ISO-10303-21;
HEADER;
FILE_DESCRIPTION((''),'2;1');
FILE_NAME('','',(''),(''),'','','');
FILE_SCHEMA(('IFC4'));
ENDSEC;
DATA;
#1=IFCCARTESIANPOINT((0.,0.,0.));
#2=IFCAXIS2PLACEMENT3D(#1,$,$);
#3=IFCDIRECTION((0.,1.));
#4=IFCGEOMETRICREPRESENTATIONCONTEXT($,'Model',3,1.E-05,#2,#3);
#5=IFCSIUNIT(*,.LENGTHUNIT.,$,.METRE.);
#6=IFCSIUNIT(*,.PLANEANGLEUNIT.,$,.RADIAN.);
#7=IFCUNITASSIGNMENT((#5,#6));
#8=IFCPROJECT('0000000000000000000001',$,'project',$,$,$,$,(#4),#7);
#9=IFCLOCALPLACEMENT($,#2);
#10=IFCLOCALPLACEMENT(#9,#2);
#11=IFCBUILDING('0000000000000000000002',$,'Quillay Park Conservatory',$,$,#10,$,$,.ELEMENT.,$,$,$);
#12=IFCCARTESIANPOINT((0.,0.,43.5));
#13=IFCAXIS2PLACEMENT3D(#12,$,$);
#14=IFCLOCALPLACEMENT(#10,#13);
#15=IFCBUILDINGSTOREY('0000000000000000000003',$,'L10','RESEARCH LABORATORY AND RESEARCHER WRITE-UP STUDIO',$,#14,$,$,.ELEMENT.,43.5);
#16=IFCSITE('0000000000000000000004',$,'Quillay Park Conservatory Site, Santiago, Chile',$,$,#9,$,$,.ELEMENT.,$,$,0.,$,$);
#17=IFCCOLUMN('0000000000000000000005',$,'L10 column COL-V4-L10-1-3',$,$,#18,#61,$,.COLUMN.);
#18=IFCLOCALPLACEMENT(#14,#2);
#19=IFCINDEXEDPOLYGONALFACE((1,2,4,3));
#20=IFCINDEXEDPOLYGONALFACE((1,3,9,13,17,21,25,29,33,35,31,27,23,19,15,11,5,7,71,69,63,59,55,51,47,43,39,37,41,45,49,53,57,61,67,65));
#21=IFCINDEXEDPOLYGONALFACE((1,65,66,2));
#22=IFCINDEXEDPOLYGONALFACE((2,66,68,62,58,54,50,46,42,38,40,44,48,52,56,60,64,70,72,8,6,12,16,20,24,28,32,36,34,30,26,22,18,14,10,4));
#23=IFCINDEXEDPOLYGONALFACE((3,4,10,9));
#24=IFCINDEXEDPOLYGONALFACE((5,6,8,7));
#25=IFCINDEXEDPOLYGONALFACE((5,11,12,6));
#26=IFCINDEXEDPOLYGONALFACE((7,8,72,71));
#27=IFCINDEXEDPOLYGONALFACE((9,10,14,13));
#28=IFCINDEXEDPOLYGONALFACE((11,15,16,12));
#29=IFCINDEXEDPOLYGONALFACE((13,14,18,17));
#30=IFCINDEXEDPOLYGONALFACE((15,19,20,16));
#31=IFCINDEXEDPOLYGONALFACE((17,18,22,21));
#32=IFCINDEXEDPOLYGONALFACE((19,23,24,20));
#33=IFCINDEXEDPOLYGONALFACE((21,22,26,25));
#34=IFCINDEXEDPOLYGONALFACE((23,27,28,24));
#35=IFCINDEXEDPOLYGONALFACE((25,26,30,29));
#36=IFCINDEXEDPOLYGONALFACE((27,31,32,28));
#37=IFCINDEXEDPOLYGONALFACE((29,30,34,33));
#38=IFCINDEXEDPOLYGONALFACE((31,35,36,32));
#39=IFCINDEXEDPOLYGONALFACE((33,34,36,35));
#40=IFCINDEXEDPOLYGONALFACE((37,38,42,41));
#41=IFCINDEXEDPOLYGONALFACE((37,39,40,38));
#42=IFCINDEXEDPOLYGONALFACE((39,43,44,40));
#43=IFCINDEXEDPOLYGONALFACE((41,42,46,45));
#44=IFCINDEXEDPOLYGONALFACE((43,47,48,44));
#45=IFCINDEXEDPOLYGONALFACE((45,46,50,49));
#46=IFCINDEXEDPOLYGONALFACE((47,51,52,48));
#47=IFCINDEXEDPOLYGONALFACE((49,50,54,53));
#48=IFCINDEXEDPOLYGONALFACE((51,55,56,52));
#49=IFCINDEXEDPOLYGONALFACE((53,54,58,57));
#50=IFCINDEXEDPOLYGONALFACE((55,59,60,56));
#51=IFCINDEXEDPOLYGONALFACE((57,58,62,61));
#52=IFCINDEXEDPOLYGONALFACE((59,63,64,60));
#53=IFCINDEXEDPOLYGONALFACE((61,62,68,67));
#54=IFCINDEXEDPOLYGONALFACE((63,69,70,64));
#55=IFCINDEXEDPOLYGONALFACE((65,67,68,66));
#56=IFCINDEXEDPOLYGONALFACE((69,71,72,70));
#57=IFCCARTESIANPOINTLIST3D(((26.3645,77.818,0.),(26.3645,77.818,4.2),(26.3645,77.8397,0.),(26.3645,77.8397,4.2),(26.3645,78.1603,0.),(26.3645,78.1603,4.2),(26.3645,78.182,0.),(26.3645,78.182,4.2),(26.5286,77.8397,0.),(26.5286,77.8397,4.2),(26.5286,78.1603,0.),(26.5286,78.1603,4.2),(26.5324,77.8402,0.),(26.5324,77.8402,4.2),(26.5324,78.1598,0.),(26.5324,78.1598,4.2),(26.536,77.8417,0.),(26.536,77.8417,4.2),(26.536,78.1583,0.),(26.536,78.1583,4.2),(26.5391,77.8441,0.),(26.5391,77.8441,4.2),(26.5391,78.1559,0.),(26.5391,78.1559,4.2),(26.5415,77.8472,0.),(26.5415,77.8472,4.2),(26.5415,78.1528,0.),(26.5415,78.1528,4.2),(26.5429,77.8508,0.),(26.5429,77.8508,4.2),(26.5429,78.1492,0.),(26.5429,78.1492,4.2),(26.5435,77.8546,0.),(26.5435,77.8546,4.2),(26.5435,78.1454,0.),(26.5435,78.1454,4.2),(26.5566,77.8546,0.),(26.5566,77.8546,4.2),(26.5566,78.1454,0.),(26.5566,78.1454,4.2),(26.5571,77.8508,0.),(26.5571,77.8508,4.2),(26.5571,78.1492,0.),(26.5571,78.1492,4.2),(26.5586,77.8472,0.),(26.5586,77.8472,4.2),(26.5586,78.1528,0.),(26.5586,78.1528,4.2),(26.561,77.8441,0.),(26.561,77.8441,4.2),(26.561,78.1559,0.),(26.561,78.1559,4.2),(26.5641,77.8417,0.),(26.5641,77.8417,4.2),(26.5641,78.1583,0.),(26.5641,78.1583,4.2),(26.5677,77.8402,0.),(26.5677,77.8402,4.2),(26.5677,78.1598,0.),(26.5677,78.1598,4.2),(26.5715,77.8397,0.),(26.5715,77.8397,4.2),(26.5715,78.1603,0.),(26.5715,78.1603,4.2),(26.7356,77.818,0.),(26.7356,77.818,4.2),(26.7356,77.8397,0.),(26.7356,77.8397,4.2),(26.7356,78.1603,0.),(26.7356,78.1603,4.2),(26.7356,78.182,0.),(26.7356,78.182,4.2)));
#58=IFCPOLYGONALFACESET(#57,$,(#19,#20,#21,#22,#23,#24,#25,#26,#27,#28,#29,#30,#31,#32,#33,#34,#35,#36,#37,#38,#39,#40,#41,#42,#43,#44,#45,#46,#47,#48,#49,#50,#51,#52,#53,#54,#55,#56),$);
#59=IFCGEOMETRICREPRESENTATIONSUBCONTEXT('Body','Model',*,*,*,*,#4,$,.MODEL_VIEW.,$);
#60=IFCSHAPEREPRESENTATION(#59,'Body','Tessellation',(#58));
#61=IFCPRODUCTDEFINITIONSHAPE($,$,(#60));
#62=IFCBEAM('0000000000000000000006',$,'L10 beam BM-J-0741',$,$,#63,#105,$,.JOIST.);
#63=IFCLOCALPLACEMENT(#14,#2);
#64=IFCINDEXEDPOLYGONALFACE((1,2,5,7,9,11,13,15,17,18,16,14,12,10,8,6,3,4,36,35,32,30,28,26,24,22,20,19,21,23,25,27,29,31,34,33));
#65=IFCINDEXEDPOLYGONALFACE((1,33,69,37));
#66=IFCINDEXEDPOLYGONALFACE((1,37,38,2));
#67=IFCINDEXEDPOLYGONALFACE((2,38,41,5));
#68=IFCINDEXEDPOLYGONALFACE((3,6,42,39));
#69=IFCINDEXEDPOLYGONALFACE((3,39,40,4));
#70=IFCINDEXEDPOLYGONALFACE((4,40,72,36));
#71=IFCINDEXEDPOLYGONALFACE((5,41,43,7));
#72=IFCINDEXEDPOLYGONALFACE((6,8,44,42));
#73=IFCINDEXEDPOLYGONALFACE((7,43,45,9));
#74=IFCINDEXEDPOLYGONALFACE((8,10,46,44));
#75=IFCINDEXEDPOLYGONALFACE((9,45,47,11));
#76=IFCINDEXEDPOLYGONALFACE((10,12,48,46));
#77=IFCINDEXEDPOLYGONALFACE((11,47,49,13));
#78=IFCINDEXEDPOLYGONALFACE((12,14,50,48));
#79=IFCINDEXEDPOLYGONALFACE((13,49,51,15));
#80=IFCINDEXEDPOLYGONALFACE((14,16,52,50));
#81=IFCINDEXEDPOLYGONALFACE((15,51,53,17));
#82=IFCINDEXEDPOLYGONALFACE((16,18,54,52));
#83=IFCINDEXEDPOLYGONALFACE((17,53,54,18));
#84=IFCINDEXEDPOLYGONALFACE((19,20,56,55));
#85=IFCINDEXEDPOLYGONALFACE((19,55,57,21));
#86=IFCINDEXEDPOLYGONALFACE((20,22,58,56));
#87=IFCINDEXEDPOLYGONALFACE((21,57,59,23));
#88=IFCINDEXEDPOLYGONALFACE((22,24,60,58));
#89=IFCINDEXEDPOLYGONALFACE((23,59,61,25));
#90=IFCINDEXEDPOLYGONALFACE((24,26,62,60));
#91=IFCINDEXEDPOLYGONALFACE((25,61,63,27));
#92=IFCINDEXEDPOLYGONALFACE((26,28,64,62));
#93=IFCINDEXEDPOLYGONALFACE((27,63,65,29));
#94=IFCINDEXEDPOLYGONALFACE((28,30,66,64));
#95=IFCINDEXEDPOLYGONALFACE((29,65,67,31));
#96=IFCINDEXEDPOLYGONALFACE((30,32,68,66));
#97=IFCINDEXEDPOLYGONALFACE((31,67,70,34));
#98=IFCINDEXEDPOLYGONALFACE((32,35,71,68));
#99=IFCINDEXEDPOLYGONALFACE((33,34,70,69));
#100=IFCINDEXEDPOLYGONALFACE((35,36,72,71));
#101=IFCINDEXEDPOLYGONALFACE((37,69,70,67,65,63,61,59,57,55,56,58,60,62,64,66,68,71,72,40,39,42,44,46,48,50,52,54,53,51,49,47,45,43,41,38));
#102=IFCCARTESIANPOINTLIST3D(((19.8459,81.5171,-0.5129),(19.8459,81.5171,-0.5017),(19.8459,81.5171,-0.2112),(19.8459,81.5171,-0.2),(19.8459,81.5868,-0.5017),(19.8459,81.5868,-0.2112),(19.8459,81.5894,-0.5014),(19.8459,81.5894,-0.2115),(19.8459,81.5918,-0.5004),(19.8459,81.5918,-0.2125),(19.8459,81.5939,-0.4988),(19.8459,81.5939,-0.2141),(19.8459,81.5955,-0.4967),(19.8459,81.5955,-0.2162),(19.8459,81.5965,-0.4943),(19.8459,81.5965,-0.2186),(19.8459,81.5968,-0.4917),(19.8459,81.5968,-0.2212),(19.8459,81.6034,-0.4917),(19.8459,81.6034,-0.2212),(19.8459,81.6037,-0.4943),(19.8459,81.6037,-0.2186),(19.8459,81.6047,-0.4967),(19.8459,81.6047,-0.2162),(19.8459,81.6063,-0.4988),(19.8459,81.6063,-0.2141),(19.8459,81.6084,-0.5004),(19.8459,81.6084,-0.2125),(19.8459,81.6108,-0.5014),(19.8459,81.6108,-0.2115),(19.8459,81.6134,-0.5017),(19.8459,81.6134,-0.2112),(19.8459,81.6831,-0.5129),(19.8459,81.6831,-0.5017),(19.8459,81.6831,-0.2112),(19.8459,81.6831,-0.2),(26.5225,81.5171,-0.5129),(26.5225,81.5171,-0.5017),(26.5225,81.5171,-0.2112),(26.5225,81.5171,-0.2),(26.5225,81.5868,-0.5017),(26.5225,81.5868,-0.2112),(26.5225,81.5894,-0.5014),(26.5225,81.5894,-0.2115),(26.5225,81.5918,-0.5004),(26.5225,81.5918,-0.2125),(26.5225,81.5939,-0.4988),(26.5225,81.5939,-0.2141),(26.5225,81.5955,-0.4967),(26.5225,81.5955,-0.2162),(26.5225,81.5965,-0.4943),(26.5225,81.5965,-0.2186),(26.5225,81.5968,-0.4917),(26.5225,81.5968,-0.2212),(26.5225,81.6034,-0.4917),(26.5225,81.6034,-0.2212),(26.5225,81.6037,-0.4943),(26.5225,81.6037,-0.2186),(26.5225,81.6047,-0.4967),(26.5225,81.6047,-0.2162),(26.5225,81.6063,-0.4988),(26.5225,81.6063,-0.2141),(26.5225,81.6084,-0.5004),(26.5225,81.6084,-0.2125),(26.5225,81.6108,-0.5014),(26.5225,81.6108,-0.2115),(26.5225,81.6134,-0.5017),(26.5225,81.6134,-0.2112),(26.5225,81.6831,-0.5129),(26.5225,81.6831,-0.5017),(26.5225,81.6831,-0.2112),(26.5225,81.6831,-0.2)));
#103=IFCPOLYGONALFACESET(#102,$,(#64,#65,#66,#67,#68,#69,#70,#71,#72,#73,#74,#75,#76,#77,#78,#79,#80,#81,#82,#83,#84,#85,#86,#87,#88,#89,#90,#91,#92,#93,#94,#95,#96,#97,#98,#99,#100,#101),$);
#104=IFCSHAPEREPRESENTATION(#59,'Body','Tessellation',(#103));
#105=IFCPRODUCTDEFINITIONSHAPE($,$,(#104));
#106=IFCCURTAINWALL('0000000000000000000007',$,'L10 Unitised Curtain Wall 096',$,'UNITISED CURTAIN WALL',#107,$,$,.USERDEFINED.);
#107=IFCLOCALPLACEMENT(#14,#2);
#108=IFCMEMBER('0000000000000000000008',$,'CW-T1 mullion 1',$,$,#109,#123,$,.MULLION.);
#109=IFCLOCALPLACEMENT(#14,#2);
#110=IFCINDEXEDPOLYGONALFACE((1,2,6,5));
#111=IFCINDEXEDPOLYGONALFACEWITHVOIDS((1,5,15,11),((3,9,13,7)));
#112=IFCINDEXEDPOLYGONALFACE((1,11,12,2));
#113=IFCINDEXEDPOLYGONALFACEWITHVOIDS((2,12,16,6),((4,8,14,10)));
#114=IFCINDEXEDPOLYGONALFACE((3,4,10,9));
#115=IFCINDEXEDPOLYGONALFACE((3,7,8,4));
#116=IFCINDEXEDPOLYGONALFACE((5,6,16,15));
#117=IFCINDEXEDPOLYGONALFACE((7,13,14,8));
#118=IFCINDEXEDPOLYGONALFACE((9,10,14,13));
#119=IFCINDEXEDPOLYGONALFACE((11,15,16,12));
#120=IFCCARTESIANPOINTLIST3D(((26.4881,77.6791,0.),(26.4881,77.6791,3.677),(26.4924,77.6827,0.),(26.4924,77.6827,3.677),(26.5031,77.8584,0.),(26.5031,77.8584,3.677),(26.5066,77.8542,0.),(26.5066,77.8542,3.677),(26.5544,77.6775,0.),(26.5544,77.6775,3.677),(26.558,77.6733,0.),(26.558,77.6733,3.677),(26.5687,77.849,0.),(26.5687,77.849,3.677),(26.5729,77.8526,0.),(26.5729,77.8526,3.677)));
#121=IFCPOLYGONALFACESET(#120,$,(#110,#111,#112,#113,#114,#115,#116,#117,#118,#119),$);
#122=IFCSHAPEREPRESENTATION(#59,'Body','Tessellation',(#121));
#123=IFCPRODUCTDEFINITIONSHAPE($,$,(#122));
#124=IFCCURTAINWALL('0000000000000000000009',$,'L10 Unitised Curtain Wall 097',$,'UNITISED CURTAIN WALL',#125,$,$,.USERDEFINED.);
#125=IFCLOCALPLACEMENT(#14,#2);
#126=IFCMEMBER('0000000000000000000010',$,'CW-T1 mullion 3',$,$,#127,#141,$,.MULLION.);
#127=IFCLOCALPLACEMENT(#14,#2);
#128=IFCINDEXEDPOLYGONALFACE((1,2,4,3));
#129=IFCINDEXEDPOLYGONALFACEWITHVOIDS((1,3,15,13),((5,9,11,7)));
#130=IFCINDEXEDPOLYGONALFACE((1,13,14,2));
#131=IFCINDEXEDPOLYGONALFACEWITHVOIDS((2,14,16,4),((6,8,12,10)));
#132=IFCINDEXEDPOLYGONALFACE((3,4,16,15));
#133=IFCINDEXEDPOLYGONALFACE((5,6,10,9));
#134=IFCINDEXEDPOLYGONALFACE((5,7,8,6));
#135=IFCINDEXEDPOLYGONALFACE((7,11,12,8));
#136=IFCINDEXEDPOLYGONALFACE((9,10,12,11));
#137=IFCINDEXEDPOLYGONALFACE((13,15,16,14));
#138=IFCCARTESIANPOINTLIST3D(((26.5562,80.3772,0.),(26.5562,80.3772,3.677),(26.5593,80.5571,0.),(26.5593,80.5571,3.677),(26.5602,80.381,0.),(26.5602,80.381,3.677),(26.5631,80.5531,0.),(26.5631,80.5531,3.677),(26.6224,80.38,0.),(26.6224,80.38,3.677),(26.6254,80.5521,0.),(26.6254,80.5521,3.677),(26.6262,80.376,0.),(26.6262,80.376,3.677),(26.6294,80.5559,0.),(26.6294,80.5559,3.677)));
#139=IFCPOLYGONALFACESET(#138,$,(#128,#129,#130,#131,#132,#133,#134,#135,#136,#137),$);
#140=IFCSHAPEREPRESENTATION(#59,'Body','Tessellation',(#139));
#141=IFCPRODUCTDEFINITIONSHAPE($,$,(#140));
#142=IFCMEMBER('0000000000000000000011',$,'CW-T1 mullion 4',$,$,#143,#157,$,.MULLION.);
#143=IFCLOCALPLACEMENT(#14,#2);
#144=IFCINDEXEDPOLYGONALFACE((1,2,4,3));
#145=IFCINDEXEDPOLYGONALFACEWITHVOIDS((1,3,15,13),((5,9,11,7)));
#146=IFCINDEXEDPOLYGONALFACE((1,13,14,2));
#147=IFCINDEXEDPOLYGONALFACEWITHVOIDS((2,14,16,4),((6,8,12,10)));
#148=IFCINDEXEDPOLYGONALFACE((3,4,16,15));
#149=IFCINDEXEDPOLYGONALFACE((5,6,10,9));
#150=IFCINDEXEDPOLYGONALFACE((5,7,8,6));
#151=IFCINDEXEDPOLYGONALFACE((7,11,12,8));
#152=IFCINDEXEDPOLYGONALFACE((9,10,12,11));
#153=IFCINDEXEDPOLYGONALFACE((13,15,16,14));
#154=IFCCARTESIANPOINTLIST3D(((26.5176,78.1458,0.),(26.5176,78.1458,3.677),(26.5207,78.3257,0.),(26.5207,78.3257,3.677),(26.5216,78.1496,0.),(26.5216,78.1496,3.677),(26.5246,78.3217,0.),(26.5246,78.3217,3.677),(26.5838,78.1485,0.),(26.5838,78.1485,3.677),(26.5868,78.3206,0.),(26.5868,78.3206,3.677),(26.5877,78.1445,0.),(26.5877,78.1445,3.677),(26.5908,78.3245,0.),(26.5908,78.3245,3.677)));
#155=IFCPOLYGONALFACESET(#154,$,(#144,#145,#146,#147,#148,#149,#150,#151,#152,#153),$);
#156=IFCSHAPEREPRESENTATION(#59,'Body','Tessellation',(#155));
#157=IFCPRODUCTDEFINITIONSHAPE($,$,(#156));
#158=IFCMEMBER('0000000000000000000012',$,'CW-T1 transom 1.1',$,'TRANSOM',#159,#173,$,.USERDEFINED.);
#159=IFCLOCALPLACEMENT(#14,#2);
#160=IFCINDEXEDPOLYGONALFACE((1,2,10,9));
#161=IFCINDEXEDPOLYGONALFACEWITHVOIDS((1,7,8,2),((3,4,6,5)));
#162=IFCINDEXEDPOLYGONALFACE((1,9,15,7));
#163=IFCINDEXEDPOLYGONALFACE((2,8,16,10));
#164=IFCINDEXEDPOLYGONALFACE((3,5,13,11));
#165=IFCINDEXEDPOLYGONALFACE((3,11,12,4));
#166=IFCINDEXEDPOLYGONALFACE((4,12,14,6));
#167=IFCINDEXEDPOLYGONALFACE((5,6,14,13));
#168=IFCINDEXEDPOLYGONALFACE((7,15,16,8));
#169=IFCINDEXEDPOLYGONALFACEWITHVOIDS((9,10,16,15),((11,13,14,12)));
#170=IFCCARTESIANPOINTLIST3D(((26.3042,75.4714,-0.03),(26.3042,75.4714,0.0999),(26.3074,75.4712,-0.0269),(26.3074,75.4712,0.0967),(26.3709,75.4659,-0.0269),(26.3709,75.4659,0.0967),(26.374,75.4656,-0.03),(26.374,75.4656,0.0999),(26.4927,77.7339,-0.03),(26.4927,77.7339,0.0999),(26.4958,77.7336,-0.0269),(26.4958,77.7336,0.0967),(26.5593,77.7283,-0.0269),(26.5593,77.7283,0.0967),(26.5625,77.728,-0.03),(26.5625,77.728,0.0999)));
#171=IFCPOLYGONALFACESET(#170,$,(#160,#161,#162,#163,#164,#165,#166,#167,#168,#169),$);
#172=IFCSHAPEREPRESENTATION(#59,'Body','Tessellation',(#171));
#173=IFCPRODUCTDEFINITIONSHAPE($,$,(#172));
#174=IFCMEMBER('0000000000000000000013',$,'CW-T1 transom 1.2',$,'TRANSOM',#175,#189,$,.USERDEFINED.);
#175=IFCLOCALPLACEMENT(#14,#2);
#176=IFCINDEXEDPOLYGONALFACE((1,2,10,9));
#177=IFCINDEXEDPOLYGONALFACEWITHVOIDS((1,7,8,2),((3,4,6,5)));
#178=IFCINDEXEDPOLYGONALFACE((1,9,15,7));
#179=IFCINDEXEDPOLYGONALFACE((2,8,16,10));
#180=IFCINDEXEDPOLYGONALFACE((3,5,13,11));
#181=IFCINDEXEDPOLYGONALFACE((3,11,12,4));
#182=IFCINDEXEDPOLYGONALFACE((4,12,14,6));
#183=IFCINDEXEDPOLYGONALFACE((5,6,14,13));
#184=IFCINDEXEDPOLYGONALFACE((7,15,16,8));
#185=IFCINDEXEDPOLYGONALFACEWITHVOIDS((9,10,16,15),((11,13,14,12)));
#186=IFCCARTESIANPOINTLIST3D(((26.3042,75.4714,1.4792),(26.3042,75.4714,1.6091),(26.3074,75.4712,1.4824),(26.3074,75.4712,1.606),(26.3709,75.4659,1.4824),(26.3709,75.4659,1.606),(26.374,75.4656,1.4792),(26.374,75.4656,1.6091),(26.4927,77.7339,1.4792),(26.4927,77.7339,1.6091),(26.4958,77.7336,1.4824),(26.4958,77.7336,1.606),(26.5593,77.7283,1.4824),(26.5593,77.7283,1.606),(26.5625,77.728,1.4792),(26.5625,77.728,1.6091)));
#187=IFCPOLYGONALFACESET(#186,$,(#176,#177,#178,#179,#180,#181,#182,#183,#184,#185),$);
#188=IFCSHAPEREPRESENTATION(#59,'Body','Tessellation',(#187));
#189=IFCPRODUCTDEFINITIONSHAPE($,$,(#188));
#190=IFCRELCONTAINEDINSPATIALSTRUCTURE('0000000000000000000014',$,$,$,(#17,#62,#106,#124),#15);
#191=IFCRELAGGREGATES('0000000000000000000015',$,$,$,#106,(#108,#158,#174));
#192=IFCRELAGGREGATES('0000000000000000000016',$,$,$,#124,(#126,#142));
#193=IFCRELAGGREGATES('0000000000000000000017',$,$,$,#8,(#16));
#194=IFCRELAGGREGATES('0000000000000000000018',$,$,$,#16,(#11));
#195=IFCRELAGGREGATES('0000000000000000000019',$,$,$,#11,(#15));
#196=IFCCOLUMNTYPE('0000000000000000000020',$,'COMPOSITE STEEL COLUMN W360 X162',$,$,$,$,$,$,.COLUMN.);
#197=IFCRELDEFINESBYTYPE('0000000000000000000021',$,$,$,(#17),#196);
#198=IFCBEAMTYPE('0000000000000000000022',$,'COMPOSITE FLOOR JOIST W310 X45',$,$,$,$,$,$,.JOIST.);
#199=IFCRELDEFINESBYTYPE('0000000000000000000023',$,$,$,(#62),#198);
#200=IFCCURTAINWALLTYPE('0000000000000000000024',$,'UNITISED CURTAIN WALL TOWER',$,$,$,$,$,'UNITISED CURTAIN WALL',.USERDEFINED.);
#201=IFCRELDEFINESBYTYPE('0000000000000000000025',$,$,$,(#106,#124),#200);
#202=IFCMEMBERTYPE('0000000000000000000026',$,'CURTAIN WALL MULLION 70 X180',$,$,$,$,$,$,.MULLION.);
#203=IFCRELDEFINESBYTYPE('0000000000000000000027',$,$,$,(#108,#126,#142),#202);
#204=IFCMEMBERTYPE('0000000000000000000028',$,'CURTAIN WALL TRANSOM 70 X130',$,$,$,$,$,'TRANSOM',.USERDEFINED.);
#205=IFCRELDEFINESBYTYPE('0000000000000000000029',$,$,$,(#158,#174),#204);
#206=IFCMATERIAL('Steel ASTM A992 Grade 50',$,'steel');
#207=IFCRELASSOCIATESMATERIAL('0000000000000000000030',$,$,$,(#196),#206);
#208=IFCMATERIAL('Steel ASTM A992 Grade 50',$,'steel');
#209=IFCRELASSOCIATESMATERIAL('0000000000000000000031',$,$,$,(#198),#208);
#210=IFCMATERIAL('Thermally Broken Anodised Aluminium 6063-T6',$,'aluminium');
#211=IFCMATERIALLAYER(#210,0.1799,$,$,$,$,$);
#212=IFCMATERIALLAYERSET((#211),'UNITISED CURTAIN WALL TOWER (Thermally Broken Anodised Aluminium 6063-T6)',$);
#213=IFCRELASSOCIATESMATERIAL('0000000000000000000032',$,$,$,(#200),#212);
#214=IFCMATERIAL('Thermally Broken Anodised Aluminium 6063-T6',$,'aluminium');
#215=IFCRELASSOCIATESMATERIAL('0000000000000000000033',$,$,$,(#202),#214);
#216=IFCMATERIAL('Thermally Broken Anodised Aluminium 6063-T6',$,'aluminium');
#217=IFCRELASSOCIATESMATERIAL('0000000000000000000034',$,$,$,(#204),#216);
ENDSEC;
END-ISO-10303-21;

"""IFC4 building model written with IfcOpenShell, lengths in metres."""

from ifc_helpers import new_model, si_unit, direction, frame, origin, origin_2d, place, context, subcontext, project, spatial, hollow_rectangle, i_section, extrude, material, layer, layer_set, material_profile, profile_set, type_object, element, aggregate, save


model = new_model("IFC4")

# Units and contexts
model_context = context("Model", 3, precision=1e-05, world=origin(), true_north=direction((0.0, 1.0)))
body_context = subcontext(model_context, "Body", "Model", "MODEL_VIEW")
ifc_project = project(units=[si_unit("LENGTHUNIT", "METRE"), si_unit("PLANEANGLEUNIT", "RADIAN")], contexts=[model_context])

# Site, building, storey
site_placement = place(None, origin())
site = spatial("IfcSite", under=ifc_project, at=site_placement, Name="Quillay Park Conservatory Site, Santiago, Chile", CompositionType="ELEMENT", RefElevation=0.0)
building_placement = place(site_placement, origin())
building = spatial("IfcBuilding", under=site, at=building_placement, Name="Quillay Park Conservatory", CompositionType="ELEMENT")
storey_placement = place(building_placement, frame((0.0, 0.0, 43.5)))
storey = spatial("IfcBuildingStorey", under=building, at=storey_placement, Name="L10", Description="RESEARCH LABORATORY AND RESEARCHER WRITE-UP STUDIO", CompositionType="ELEMENT", Elevation=43.5)

# Column
ifc_material_1 = material(Name="Steel ASTM A992 Grade 50", Category="steel")
ifc_material_profile_1 = material_profile(ifc_material_1, i_section(OverallWidth=0.3711, OverallDepth=0.364, WebThickness=0.0132, FlangeThickness=0.0217, FilletRadius=0.0149, at=origin_2d()), Name="W360x162")
ifc_profile_set_1 = profile_set([ifc_material_profile_1], Name="Steel ASTM A992 Grade 50")
column_type = type_object("IfcColumnType", Name="COMPOSITE STEEL COLUMN W360 X162", PredefinedType="COLUMN", material=ifc_profile_set_1)
column_placement = place(storey_placement, frame((26.55, 78.0, 0.0), z_axis=(0.0, 0.0, 1.0), x_axis=(1.0, 0.0, 0.0)))
element("IfcColumn", 1, at=column_placement, inside=storey, type_object=column_type, Name="L10 column COL-V4-L10-1-3", PredefinedType="COLUMN", context=body_context, shape_type="SweptSolid", body=[
    extrude(i_section(OverallWidth=0.3711, OverallDepth=0.364, WebThickness=0.0132, FlangeThickness=0.0217, FilletRadius=0.0149, at=origin_2d()), origin(), (0.0, 0.0, 1.0), 4.2),
])

# Beam
ifc_material_2 = material(Name="Steel ASTM A992 Grade 50", Category="steel")
ifc_material_profile_2 = material_profile(ifc_material_2, i_section(OverallWidth=0.166, OverallDepth=0.313, WebThickness=0.0066, FlangeThickness=0.0112, FilletRadius=0.01, at=origin_2d()), Name="W310x45")
ifc_profile_set_2 = profile_set([ifc_material_profile_2], Name="Steel ASTM A992 Grade 50")
beam_type_1 = type_object("IfcBeamType", Name="COMPOSITE FLOOR JOIST W310 X45", PredefinedType="JOIST", material=ifc_profile_set_2)
beam_1_placement = place(storey_placement, frame((19.8459, 81.6001, -0.3564), z_axis=(1.0, 0.0, 0.0), x_axis=(0.0, 1.0, 0.0)))
element("IfcBeam", 2, at=beam_1_placement, inside=storey, type_object=beam_type_1, Name="L10 beam BM-J-0741", PredefinedType="JOIST", context=body_context, shape_type="SweptSolid", body=[
    extrude(i_section(OverallWidth=0.166, OverallDepth=0.313, WebThickness=0.0066, FlangeThickness=0.0112, FilletRadius=0.01, at=origin_2d()), origin(), (0.0, 0.0, 1.0), 6.6765),
])

# Curtain wall, member
ifc_material_3 = material(Name="Thermally Broken Anodised Aluminium 6063-T6", Category="aluminium")
ifc_layer_1 = layer(ifc_material_3, 0.1799)
ifc_layer_set_1 = layer_set([ifc_layer_1], Name="UNITISED CURTAIN WALL TOWER (Thermally Broken Anodised Aluminium 6063-T6)")
curtain_wall_type = type_object("IfcCurtainWallType", Name="UNITISED CURTAIN WALL TOWER", ElementType="UNITISED CURTAIN WALL", PredefinedType="USERDEFINED", material=ifc_layer_set_1)
curtain_wall_1_placement = place(storey_placement, origin())
curtain_wall_1 = element("IfcCurtainWall", 3, at=curtain_wall_1_placement, inside=storey, type_object=curtain_wall_type, Name="L10 Unitised Curtain Wall 096", ObjectType="UNITISED CURTAIN WALL", PredefinedType="USERDEFINED")
ifc_material_4 = material(Name="Thermally Broken Anodised Aluminium 6063-T6", Category="aluminium")
ifc_material_profile_3 = material_profile(ifc_material_4, hollow_rectangle(XDim=0.0701, YDim=0.1799, WallThickness=0.0039, at=origin_2d()), Name="AL70x180x4")
ifc_profile_set_3 = profile_set([ifc_material_profile_3], Name="Thermally Broken Anodised Aluminium 6063-T6")
member_type_1 = type_object("IfcMemberType", Name="CURTAIN WALL MULLION 70 X180", PredefinedType="MULLION", material=ifc_profile_set_3)
member_1_placement = place(storey_placement, frame((26.5305, 77.7659, 0.0), z_axis=(0.0, 0.0, 1.0), x_axis=(0.996546, -0.083048, 0.0)))
member_1 = element("IfcMember", 4, at=member_1_placement, type_object=member_type_1, Name="CW-T1 mullion 1", PredefinedType="MULLION", context=body_context, shape_type="SweptSolid", body=[
    extrude(hollow_rectangle(XDim=0.0701, YDim=0.1799, WallThickness=0.0039, at=origin_2d()), origin(), (0.0, 0.0, 1.0), 3.677),
])

# Curtain wall, members
curtain_wall_2_placement = place(storey_placement, origin())
curtain_wall_2 = element("IfcCurtainWall", 5, at=curtain_wall_2_placement, inside=storey, type_object=curtain_wall_type, Name="L10 Unitised Curtain Wall 097", ObjectType="UNITISED CURTAIN WALL", PredefinedType="USERDEFINED")
member_2_placement = place(storey_placement, frame((26.5928, 80.4666, 0.0), z_axis=(0.0, 0.0, 1.0), x_axis=(0.999849, -0.01735, 0.0)))
member_2 = element("IfcMember", 6, at=member_2_placement, type_object=member_type_1, Name="CW-T1 mullion 3", PredefinedType="MULLION", context=body_context, shape_type="SweptSolid", body=[
    extrude(hollow_rectangle(XDim=0.0701, YDim=0.1799, WallThickness=0.0039, at=origin_2d()), origin(), (0.0, 0.0, 1.0), 3.677),
])
member_3_placement = place(storey_placement, frame((26.5542, 78.2351, 0.0), z_axis=(0.0, 0.0, 1.0), x_axis=(0.999849, -0.01735, 0.0)))
member_3 = element("IfcMember", 7, at=member_3_placement, type_object=member_type_1, Name="CW-T1 mullion 4", PredefinedType="MULLION", context=body_context, shape_type="SweptSolid", body=[
    extrude(hollow_rectangle(XDim=0.0701, YDim=0.1799, WallThickness=0.0039, at=origin_2d()), origin(), (0.0, 0.0, 1.0), 3.677),
])

# Members
ifc_material_5 = material(Name="Thermally Broken Anodised Aluminium 6063-T6", Category="aluminium")
ifc_material_profile_4 = material_profile(ifc_material_5, hollow_rectangle(XDim=0.0701, YDim=0.1299, WallThickness=0.0032, at=origin_2d()), Name="AL70x130x3.2")
ifc_profile_set_4 = profile_set([ifc_material_profile_4], Name="Thermally Broken Anodised Aluminium 6063-T6")
member_type_2 = type_object("IfcMemberType", Name="CURTAIN WALL TRANSOM 70 X130", ElementType="TRANSOM", PredefinedType="USERDEFINED", material=ifc_profile_set_4)
member_4_placement = place(storey_placement, frame((26.5276, 77.731, 0.0349), z_axis=(-0.083019, -0.996548, 0.0), x_axis=(0.996548, -0.083019, 0.0)))
member_4 = element("IfcMember", 8, at=member_4_placement, type_object=member_type_2, Name="CW-T1 transom 1.1", ObjectType="TRANSOM", PredefinedType="USERDEFINED", context=body_context, shape_type="SweptSolid", body=[
    extrude(hollow_rectangle(XDim=0.0701, YDim=0.1299, WallThickness=0.0032, at=origin_2d()), origin(), (0.0, 0.0, 1.0), 2.2703),
])
member_5_placement = place(storey_placement, frame((26.5276, 77.731, 1.5442), z_axis=(-0.083019, -0.996548, 0.0), x_axis=(0.996548, -0.083019, 0.0)))
member_5 = element("IfcMember", 9, at=member_5_placement, type_object=member_type_2, Name="CW-T1 transom 1.2", ObjectType="TRANSOM", PredefinedType="USERDEFINED", context=body_context, shape_type="SweptSolid", body=[
    extrude(hollow_rectangle(XDim=0.0701, YDim=0.1299, WallThickness=0.0032, at=origin_2d()), origin(), (0.0, 0.0, 1.0), 2.2703),
])

aggregate(curtain_wall_1, [member_1, member_4, member_5])
aggregate(curtain_wall_2, [member_2, member_3])

save(model, "model.ifc")
